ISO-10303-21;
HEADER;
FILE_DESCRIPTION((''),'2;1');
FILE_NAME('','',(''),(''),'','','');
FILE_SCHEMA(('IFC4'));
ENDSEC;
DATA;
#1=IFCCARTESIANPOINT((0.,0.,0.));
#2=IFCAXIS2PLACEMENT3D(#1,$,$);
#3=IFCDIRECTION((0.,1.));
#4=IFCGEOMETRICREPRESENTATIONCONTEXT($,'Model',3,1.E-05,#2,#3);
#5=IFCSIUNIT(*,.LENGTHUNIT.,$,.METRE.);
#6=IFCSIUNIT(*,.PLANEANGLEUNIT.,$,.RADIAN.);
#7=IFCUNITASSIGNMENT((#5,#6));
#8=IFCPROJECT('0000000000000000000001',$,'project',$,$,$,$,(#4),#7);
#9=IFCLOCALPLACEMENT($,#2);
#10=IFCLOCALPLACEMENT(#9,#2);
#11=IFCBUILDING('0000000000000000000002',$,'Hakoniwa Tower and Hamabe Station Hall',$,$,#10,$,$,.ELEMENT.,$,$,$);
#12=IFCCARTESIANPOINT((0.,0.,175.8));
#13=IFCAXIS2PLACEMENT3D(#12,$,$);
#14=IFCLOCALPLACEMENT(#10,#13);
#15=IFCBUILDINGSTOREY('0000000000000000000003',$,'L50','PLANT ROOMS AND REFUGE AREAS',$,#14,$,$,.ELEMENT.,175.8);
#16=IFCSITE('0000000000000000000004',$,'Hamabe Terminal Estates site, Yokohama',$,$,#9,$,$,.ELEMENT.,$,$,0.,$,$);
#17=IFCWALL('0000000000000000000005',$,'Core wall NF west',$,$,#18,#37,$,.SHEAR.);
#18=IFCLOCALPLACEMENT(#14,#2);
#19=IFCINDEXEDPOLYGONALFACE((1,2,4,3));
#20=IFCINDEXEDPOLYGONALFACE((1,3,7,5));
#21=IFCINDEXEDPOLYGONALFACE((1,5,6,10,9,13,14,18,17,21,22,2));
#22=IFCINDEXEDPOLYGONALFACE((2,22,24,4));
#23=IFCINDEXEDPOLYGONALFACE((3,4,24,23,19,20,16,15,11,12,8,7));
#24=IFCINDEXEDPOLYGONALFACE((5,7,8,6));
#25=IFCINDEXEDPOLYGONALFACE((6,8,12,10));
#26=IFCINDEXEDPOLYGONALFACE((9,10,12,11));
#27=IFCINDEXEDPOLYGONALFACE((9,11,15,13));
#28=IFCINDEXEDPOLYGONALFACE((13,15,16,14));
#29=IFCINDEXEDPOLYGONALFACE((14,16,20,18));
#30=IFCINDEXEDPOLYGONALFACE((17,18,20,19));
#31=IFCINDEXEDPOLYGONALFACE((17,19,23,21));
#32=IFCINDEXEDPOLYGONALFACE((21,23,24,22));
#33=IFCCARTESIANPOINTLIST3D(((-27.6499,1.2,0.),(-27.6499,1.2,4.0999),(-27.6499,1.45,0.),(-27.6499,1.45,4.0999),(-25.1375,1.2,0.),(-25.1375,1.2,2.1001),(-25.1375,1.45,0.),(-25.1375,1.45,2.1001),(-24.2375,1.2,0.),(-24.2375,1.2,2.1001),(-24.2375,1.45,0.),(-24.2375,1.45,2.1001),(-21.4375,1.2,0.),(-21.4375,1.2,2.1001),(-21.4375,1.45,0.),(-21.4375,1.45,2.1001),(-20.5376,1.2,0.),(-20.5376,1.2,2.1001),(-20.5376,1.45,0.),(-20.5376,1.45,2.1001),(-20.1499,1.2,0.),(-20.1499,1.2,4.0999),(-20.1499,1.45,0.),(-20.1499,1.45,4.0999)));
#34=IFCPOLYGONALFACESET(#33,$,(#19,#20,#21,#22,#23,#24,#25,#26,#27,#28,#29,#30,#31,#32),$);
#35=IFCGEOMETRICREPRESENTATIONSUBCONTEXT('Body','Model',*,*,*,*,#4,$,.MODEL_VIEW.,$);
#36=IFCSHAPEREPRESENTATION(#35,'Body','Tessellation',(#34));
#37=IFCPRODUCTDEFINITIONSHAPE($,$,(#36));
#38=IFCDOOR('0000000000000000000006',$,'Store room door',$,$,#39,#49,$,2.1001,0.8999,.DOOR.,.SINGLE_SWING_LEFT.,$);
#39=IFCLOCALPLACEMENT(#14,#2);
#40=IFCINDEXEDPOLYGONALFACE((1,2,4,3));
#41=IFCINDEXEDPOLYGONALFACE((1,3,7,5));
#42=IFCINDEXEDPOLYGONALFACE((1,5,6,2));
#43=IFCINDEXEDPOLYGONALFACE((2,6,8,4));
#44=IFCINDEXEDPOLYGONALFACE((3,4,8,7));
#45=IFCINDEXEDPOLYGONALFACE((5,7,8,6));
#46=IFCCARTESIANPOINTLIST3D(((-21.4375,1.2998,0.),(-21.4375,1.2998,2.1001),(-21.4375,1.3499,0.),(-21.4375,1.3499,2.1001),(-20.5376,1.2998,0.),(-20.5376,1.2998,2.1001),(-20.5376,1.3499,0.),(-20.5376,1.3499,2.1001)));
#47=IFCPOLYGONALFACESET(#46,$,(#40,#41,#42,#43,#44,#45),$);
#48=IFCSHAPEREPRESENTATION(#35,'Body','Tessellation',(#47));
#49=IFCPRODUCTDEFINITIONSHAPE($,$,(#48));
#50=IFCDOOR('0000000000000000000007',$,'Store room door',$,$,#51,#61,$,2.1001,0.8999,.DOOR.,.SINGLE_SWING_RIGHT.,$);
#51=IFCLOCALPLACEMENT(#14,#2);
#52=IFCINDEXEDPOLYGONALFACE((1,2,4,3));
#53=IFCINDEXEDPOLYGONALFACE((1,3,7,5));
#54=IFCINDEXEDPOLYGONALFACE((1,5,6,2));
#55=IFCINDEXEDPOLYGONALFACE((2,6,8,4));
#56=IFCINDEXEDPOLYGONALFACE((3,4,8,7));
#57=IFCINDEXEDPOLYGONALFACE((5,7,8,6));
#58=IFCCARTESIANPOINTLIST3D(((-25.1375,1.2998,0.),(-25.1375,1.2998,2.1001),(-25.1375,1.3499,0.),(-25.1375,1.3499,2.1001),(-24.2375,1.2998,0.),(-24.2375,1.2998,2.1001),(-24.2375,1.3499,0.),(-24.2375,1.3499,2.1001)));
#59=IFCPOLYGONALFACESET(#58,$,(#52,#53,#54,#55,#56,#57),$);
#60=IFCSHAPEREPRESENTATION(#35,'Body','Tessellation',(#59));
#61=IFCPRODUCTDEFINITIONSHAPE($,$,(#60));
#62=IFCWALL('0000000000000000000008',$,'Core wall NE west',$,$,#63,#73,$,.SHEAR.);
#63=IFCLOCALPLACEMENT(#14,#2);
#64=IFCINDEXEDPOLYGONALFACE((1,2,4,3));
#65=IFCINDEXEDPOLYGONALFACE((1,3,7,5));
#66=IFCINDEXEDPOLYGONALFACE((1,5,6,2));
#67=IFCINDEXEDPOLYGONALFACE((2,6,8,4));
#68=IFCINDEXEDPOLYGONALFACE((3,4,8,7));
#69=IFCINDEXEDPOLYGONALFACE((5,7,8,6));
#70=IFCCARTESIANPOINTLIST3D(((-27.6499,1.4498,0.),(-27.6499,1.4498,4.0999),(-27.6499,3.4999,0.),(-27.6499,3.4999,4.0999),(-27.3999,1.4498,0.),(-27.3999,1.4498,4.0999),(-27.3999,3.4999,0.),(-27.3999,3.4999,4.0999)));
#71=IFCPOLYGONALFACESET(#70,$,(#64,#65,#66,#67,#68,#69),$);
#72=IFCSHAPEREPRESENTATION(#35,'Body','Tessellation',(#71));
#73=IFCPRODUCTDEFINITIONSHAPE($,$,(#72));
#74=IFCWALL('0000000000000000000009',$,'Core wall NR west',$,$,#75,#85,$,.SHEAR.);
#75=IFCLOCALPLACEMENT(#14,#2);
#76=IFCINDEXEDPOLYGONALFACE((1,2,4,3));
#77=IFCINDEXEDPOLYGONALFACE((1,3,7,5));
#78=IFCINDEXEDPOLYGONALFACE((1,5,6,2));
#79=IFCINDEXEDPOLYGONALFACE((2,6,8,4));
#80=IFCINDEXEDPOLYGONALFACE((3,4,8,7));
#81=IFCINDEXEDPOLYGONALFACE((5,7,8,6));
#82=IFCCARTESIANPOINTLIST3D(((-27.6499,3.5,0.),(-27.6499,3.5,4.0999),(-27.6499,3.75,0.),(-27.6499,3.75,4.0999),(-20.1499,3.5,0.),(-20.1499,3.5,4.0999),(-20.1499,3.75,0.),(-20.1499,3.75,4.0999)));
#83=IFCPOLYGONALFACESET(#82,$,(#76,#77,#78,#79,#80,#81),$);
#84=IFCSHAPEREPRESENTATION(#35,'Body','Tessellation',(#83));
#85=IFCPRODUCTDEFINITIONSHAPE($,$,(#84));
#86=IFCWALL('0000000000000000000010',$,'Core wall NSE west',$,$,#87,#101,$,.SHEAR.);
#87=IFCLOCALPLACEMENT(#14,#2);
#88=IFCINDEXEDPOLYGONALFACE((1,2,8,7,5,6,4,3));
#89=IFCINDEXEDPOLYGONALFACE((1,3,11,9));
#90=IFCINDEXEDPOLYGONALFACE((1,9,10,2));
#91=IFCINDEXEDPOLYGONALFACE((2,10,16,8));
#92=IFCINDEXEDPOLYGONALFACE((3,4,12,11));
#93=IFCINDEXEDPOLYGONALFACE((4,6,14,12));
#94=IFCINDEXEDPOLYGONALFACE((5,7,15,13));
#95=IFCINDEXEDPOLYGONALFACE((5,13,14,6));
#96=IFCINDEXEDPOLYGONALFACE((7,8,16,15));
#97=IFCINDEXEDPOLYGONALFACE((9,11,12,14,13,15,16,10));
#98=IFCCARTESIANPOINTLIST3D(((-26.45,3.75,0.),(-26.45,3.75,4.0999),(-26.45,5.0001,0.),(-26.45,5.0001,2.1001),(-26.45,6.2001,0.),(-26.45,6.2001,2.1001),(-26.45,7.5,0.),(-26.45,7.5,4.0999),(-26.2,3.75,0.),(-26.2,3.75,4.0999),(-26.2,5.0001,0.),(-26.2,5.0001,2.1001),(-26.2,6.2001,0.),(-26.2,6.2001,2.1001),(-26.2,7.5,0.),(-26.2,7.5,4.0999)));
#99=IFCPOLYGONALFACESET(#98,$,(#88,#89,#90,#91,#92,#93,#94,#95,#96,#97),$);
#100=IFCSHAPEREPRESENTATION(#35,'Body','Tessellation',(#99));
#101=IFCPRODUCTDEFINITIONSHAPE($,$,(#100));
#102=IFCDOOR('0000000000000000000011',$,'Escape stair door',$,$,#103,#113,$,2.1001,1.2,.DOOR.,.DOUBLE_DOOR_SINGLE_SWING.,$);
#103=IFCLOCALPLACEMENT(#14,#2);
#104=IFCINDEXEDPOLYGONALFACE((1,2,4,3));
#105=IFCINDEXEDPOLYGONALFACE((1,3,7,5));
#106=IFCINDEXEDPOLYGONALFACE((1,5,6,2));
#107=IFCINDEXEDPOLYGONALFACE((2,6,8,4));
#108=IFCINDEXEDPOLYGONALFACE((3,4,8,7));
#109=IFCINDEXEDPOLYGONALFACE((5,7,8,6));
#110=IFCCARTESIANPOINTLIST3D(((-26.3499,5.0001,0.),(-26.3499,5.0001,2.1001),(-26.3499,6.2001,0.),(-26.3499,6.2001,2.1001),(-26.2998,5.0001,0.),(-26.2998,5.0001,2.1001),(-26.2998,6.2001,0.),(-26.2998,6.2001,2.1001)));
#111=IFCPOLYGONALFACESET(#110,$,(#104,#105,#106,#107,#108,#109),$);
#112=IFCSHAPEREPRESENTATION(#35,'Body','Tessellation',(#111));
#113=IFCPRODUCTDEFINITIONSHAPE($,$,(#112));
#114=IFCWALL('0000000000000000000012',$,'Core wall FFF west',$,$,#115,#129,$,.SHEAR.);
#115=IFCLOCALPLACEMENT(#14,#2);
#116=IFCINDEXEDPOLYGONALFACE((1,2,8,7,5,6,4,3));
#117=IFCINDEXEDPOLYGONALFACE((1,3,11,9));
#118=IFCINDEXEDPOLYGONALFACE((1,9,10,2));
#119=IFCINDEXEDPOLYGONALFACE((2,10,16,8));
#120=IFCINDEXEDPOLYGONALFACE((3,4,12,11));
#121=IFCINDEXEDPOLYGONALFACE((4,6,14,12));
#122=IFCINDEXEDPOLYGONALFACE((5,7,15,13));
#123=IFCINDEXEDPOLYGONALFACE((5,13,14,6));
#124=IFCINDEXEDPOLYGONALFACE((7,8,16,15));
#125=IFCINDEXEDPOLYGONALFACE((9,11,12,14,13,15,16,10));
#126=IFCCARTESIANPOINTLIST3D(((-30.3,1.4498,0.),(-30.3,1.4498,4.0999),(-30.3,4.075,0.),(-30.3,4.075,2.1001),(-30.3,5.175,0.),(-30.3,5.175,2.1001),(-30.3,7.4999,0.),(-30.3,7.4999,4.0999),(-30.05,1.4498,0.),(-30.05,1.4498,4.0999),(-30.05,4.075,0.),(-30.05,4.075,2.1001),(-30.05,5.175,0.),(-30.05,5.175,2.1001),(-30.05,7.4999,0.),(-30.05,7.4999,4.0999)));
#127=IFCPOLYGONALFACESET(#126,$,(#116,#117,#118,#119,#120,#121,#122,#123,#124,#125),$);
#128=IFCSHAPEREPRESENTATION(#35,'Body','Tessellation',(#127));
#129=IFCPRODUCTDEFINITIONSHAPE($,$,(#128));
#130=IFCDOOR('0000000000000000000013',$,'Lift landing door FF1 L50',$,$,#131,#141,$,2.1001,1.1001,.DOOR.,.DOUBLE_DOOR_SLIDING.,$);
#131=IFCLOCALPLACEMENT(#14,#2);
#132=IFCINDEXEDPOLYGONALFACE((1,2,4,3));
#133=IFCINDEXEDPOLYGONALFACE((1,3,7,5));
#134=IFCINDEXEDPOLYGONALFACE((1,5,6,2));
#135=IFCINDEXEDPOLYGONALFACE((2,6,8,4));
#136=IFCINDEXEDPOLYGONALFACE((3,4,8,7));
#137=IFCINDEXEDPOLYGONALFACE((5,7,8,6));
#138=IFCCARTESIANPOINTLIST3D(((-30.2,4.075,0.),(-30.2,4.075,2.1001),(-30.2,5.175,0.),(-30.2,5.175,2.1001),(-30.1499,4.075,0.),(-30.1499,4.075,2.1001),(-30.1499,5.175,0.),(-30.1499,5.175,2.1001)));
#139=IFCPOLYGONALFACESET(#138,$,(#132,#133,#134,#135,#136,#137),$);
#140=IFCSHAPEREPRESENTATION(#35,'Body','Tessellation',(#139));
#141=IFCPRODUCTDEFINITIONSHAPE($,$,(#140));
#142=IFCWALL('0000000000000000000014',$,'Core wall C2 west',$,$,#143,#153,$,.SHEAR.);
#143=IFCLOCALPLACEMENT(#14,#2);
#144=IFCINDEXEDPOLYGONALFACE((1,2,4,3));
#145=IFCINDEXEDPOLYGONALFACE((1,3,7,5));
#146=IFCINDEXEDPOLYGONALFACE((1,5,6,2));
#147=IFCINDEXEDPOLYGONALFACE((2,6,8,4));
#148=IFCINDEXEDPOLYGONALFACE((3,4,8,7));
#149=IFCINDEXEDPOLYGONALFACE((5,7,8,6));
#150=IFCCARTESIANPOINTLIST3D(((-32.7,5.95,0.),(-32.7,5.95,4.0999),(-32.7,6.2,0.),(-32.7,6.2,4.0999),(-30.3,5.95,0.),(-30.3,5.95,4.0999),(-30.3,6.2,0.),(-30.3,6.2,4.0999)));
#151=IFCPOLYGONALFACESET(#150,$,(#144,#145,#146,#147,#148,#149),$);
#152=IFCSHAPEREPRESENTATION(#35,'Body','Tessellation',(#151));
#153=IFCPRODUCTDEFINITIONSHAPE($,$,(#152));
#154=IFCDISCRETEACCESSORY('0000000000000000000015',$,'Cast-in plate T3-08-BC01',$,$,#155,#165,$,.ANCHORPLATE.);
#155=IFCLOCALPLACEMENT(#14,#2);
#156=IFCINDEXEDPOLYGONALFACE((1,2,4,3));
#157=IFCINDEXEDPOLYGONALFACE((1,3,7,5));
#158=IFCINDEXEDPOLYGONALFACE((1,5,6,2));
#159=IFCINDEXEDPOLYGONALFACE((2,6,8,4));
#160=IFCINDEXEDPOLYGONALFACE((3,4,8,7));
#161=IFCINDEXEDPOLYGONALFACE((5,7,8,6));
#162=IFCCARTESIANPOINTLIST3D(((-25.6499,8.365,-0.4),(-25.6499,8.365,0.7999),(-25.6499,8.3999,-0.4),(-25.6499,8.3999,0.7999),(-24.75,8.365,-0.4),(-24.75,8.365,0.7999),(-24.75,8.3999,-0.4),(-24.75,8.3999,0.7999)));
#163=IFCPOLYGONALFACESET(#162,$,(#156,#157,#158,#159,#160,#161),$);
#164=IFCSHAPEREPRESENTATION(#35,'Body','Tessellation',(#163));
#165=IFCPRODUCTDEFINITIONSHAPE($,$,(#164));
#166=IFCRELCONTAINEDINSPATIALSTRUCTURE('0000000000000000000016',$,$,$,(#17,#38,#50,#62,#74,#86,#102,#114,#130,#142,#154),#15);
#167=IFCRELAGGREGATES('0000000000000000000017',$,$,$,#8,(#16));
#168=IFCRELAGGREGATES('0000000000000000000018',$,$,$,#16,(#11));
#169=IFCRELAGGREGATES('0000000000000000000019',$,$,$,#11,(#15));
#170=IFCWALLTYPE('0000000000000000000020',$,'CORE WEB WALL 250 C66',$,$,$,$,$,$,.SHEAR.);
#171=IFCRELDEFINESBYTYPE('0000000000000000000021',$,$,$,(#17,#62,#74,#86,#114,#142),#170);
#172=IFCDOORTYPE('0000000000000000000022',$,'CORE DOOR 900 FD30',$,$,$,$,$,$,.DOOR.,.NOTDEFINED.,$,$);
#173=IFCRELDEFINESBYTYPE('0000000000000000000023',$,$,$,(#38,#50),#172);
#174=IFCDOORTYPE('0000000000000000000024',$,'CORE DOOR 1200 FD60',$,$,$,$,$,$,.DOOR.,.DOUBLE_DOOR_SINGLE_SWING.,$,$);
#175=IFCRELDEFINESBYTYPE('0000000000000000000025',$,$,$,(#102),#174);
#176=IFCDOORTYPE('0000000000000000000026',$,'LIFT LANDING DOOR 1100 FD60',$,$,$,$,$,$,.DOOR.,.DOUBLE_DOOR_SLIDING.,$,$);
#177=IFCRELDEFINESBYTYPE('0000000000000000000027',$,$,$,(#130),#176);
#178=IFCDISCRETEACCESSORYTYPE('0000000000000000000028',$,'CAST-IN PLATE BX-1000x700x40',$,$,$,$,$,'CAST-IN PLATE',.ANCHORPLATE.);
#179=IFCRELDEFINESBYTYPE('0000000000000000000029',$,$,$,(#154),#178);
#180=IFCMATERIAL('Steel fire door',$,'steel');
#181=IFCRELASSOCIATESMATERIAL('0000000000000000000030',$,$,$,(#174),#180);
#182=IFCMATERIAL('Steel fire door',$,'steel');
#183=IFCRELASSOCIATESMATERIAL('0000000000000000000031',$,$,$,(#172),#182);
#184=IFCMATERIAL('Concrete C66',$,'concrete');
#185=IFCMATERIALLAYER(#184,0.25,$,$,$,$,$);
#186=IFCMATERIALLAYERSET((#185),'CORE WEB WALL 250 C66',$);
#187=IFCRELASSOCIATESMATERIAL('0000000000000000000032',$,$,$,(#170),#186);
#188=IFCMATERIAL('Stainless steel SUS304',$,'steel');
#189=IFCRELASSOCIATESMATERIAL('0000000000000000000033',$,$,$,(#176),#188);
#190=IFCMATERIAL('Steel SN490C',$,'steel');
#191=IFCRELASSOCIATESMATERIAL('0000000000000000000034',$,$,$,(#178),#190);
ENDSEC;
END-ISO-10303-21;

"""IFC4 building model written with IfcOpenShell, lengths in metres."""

from ifc_helpers import new_model, si_unit, direction, frame, frame_2d, origin, origin_2d, place, context, subcontext, project, spatial, rectangle, extrude, material, layer, layer_set, material_profile, profile_set, type_object, element, fill, save


model = new_model("IFC4")

# Units and contexts
model_context = context("Model", 3, precision=1e-05, world=origin(), true_north=direction((0.0, 1.0)))
body_context = subcontext(model_context, "Body", "Model", "MODEL_VIEW")
ifc_project = project(units=[si_unit("LENGTHUNIT", "METRE"), si_unit("PLANEANGLEUNIT", "RADIAN")], contexts=[model_context])

# Site, building, storey
site_placement = place(None, origin())
site = spatial("IfcSite", under=ifc_project, at=site_placement, Name="Hamabe Terminal Estates site, Yokohama", CompositionType="ELEMENT", RefElevation=0.0)
building_placement = place(site_placement, origin())
building = spatial("IfcBuilding", under=site, at=building_placement, Name="Hakoniwa Tower and Hamabe Station Hall", CompositionType="ELEMENT")
storey_placement = place(building_placement, frame((0.0, 0.0, 175.8)))
storey = spatial("IfcBuildingStorey", under=building, at=storey_placement, Name="L50", Description="PLANT ROOMS AND REFUGE AREAS", CompositionType="ELEMENT", Elevation=175.8)

# Shared definitions
ifc_material_1 = material(Name="Steel fire door", Category="steel")
door_type_1 = type_object("IfcDoorType", Name="CORE DOOR 1200 FD60", OperationType="DOUBLE_DOOR_SINGLE_SWING", PredefinedType="DOOR", material=ifc_material_1)
ifc_material_2 = material(Name="Steel fire door", Category="steel")
door_type_2 = type_object("IfcDoorType", Name="CORE DOOR 900 FD30", OperationType="NOTDEFINED", PredefinedType="DOOR", material=ifc_material_2)

# Wall, openings, doors
ifc_material_3 = material(Name="Concrete C66", Category="concrete")
ifc_layer_1 = layer(ifc_material_3, 0.25)
ifc_layer_set_1 = layer_set([ifc_layer_1], Name="CORE WEB WALL 250 C66")
wall_type_1 = type_object("IfcWallType", Name="CORE WEB WALL 250 C66", PredefinedType="SHEAR", material=ifc_layer_set_1)
wall_1_placement = place(storey_placement, frame((-27.6499, 1.325, 0.0), z_axis=(0.0, 0.0, 1.0), x_axis=(1.0, 0.0, 0.0)))
wall_1 = element("IfcWall", 1, at=wall_1_placement, inside=storey, type_object=wall_type_1, Name="Core wall NF west", PredefinedType="SHEAR", context=body_context, shape_type="SweptSolid", body=[
    extrude(rectangle(XDim=7.5, YDim=0.25, at=frame_2d((3.75, 0.0))), origin(), (0.0, 0.0, 1.0), 4.0999),
])
opening_1_placement = place(wall_1_placement, frame((6.2124, 0.0, 0.0)))
opening_1 = element("IfcOpeningElement", 2, at=opening_1_placement, cuts=wall_1, PredefinedType="OPENING", context=body_context, shape_type="SweptSolid", body=[
    extrude(rectangle(XDim=0.8999, YDim=2.1001, at=frame_2d((0.45, 1.05))), frame((0.0, 0.135, 0.0), z_axis=(0.0, -1.0, 0.0), x_axis=(1.0, 0.0, 0.0)), (0.0, 0.0, 1.0), 0.27),
])
opening_2_placement = place(wall_1_placement, frame((2.5125, 0.0, 0.0)))
opening_2 = element("IfcOpeningElement", 3, at=opening_2_placement, cuts=wall_1, PredefinedType="OPENING", context=body_context, shape_type="SweptSolid", body=[
    extrude(rectangle(XDim=0.8999, YDim=2.1001, at=frame_2d((0.45, 1.05))), frame((0.0, 0.135, 0.0), z_axis=(0.0, -1.0, 0.0), x_axis=(1.0, 0.0, 0.0)), (0.0, 0.0, 1.0), 0.27),
])
door_1_placement = place(opening_1_placement, origin())
door_1 = element("IfcDoor", 4, at=door_1_placement, inside=storey, type_object=door_type_2, Name="Store room door", OperationType="SINGLE_SWING_LEFT", OverallHeight=2.1001, OverallWidth=0.8999, PredefinedType="DOOR", context=body_context, shape_type="SweptSolid", body=[
    extrude(rectangle(XDim=0.8999, YDim=2.1001, at=frame_2d((0.45, 1.05))), frame((0.0, 0.0249, 0.0), z_axis=(0.0, -1.0, 0.0), x_axis=(1.0, 0.0, 0.0)), (0.0, 0.0, 1.0), 0.05),
])
fill(opening_1, door_1)
door_2_placement = place(opening_2_placement, origin())
door_2 = element("IfcDoor", 5, at=door_2_placement, inside=storey, type_object=door_type_2, Name="Store room door", OperationType="SINGLE_SWING_RIGHT", OverallHeight=2.1001, OverallWidth=0.8999, PredefinedType="DOOR", context=body_context, shape_type="SweptSolid", body=[
    extrude(rectangle(XDim=0.8999, YDim=2.1001, at=frame_2d((0.45, 1.05))), frame((0.0, 0.0249, 0.0), z_axis=(0.0, -1.0, 0.0), x_axis=(1.0, 0.0, 0.0)), (0.0, 0.0, 1.0), 0.05),
])
fill(opening_2, door_2)

# Walls
wall_2_placement = place(storey_placement, frame((-27.5249, 1.45, 0.0), z_axis=(0.0, 0.0, 1.0), x_axis=(0.0, 1.0, 0.0)))
element("IfcWall", 6, at=wall_2_placement, inside=storey, type_object=wall_type_1, Name="Core wall NE west", PredefinedType="SHEAR", context=body_context, shape_type="SweptSolid", body=[
    extrude(rectangle(XDim=2.05, YDim=0.25, at=frame_2d((1.0249, 0.0))), origin(), (0.0, 0.0, 1.0), 4.0999),
])
wall_3_placement = place(storey_placement, frame((-27.6499, 3.625, 0.0), z_axis=(0.0, 0.0, 1.0), x_axis=(1.0, 0.0, 0.0)))
element("IfcWall", 7, at=wall_3_placement, inside=storey, type_object=wall_type_1, Name="Core wall NR west", PredefinedType="SHEAR", context=body_context, shape_type="SweptSolid", body=[
    extrude(rectangle(XDim=7.5, YDim=0.25, at=frame_2d((3.75, 0.0))), origin(), (0.0, 0.0, 1.0), 4.0999),
])

# Walls, openings, doors
wall_4_placement = place(storey_placement, frame((-26.325, 3.75, 0.0), z_axis=(0.0, 0.0, 1.0), x_axis=(0.0, 1.0, 0.0)))
wall_4 = element("IfcWall", 8, at=wall_4_placement, inside=storey, type_object=wall_type_1, Name="Core wall NSE west", PredefinedType="SHEAR", context=body_context, shape_type="SweptSolid", body=[
    extrude(rectangle(XDim=3.75, YDim=0.25, at=frame_2d((1.875, 0.0))), origin(), (0.0, 0.0, 1.0), 4.0999),
])
opening_3_placement = place(wall_4_placement, frame((1.25, 0.0, 0.0)))
opening_3 = element("IfcOpeningElement", 9, at=opening_3_placement, cuts=wall_4, PredefinedType="OPENING", context=body_context, shape_type="SweptSolid", body=[
    extrude(rectangle(XDim=1.2, YDim=2.1001, at=frame_2d((0.6001, 1.05))), frame((0.0, 0.135, 0.0), z_axis=(0.0, -1.0, 0.0), x_axis=(1.0, 0.0, 0.0)), (0.0, 0.0, 1.0), 0.27),
])
door_3_placement = place(opening_3_placement, origin())
door_3 = element("IfcDoor", 10, at=door_3_placement, inside=storey, type_object=door_type_1, Name="Escape stair door", OperationType="DOUBLE_DOOR_SINGLE_SWING", OverallHeight=2.1001, OverallWidth=1.2, PredefinedType="DOOR", context=body_context, shape_type="SweptSolid", body=[
    extrude(rectangle(XDim=1.2, YDim=2.1001, at=frame_2d((0.6001, 1.05))), frame((0.0, 0.0249, 0.0), z_axis=(0.0, -1.0, 0.0), x_axis=(1.0, 0.0, 0.0)), (0.0, 0.0, 1.0), 0.05),
])
fill(opening_3, door_3)
wall_5_placement = place(storey_placement, frame((-30.175, 1.45, 0.0), z_axis=(0.0, 0.0, 1.0), x_axis=(0.0, 1.0, 0.0)))
wall_5 = element("IfcWall", 11, at=wall_5_placement, inside=storey, type_object=wall_type_1, Name="Core wall FFF west", PredefinedType="SHEAR", context=body_context, shape_type="SweptSolid", body=[
    extrude(rectangle(XDim=6.05, YDim=0.25, at=frame_2d((3.0249, 0.0))), origin(), (0.0, 0.0, 1.0), 4.0999),
])
opening_4_placement = place(wall_5_placement, frame((2.625, 0.0, 0.0)))
opening_4 = element("IfcOpeningElement", 12, at=opening_4_placement, cuts=wall_5, PredefinedType="OPENING", context=body_context, shape_type="SweptSolid", body=[
    extrude(rectangle(XDim=1.1001, YDim=2.1001, at=frame_2d((0.55, 1.05))), frame((0.0, 0.135, 0.0), z_axis=(0.0, -1.0, 0.0), x_axis=(1.0, 0.0, 0.0)), (0.0, 0.0, 1.0), 0.27),
])
ifc_material_4 = material(Name="Stainless steel SUS304", Category="steel")
door_type_3 = type_object("IfcDoorType", Name="LIFT LANDING DOOR 1100 FD60", OperationType="DOUBLE_DOOR_SLIDING", PredefinedType="DOOR", material=ifc_material_4)
door_4_placement = place(opening_4_placement, origin())
door_4 = element("IfcDoor", 13, at=door_4_placement, inside=storey, type_object=door_type_3, Name="Lift landing door FF1 L50", OperationType="DOUBLE_DOOR_SLIDING", OverallHeight=2.1001, OverallWidth=1.1001, PredefinedType="DOOR", context=body_context, shape_type="SweptSolid", body=[
    extrude(rectangle(XDim=1.1001, YDim=2.1001, at=frame_2d((0.55, 1.05))), frame((0.0, 0.0249, 0.0), z_axis=(0.0, -1.0, 0.0), x_axis=(1.0, 0.0, 0.0)), (0.0, 0.0, 1.0), 0.05),
])
fill(opening_4, door_4)

# Wall
wall_6_placement = place(storey_placement, frame((-32.7, 6.075, 0.0), z_axis=(0.0, 0.0, 1.0), x_axis=(1.0, 0.0, 0.0)))
element("IfcWall", 14, at=wall_6_placement, inside=storey, type_object=wall_type_1, Name="Core wall C2 west", PredefinedType="SHEAR", context=body_context, shape_type="SweptSolid", body=[
    extrude(rectangle(XDim=2.3999, YDim=0.25, at=frame_2d((1.2, 0.0))), origin(), (0.0, 0.0, 1.0), 4.0999),
])

# Discrete accessory
ifc_material_5 = material(Name="Steel SN490C", Category="steel")
ifc_material_profile_1 = material_profile(ifc_material_5, rectangle(XDim=0.8999, YDim=1.2, at=origin_2d()), Name="CAST-IN PLATE BX-1000x700x40")
ifc_profile_set_1 = profile_set([ifc_material_profile_1], Name="Steel SN490C")
discrete_accessory_type_1 = type_object("IfcDiscreteAccessoryType", Name="CAST-IN PLATE BX-1000x700x40", ElementType="CAST-IN PLATE", PredefinedType="ANCHORPLATE", material=ifc_profile_set_1)
discrete_accessory_1_placement = place(storey_placement, frame((-25.2, 8.365, 0.2), z_axis=(0.0, 1.0, 0.0), x_axis=(-1.0, 0.0, 0.0)))
element("IfcDiscreteAccessory", 15, at=discrete_accessory_1_placement, inside=storey, type_object=discrete_accessory_type_1, Name="Cast-in plate T3-08-BC01", PredefinedType="ANCHORPLATE", context=body_context, shape_type="SweptSolid", body=[
    extrude(rectangle(XDim=0.8999, YDim=1.2, at=origin_2d()), origin(), (0.0, 0.0, 1.0), 0.0349),
])

save(model, "model.ifc")
